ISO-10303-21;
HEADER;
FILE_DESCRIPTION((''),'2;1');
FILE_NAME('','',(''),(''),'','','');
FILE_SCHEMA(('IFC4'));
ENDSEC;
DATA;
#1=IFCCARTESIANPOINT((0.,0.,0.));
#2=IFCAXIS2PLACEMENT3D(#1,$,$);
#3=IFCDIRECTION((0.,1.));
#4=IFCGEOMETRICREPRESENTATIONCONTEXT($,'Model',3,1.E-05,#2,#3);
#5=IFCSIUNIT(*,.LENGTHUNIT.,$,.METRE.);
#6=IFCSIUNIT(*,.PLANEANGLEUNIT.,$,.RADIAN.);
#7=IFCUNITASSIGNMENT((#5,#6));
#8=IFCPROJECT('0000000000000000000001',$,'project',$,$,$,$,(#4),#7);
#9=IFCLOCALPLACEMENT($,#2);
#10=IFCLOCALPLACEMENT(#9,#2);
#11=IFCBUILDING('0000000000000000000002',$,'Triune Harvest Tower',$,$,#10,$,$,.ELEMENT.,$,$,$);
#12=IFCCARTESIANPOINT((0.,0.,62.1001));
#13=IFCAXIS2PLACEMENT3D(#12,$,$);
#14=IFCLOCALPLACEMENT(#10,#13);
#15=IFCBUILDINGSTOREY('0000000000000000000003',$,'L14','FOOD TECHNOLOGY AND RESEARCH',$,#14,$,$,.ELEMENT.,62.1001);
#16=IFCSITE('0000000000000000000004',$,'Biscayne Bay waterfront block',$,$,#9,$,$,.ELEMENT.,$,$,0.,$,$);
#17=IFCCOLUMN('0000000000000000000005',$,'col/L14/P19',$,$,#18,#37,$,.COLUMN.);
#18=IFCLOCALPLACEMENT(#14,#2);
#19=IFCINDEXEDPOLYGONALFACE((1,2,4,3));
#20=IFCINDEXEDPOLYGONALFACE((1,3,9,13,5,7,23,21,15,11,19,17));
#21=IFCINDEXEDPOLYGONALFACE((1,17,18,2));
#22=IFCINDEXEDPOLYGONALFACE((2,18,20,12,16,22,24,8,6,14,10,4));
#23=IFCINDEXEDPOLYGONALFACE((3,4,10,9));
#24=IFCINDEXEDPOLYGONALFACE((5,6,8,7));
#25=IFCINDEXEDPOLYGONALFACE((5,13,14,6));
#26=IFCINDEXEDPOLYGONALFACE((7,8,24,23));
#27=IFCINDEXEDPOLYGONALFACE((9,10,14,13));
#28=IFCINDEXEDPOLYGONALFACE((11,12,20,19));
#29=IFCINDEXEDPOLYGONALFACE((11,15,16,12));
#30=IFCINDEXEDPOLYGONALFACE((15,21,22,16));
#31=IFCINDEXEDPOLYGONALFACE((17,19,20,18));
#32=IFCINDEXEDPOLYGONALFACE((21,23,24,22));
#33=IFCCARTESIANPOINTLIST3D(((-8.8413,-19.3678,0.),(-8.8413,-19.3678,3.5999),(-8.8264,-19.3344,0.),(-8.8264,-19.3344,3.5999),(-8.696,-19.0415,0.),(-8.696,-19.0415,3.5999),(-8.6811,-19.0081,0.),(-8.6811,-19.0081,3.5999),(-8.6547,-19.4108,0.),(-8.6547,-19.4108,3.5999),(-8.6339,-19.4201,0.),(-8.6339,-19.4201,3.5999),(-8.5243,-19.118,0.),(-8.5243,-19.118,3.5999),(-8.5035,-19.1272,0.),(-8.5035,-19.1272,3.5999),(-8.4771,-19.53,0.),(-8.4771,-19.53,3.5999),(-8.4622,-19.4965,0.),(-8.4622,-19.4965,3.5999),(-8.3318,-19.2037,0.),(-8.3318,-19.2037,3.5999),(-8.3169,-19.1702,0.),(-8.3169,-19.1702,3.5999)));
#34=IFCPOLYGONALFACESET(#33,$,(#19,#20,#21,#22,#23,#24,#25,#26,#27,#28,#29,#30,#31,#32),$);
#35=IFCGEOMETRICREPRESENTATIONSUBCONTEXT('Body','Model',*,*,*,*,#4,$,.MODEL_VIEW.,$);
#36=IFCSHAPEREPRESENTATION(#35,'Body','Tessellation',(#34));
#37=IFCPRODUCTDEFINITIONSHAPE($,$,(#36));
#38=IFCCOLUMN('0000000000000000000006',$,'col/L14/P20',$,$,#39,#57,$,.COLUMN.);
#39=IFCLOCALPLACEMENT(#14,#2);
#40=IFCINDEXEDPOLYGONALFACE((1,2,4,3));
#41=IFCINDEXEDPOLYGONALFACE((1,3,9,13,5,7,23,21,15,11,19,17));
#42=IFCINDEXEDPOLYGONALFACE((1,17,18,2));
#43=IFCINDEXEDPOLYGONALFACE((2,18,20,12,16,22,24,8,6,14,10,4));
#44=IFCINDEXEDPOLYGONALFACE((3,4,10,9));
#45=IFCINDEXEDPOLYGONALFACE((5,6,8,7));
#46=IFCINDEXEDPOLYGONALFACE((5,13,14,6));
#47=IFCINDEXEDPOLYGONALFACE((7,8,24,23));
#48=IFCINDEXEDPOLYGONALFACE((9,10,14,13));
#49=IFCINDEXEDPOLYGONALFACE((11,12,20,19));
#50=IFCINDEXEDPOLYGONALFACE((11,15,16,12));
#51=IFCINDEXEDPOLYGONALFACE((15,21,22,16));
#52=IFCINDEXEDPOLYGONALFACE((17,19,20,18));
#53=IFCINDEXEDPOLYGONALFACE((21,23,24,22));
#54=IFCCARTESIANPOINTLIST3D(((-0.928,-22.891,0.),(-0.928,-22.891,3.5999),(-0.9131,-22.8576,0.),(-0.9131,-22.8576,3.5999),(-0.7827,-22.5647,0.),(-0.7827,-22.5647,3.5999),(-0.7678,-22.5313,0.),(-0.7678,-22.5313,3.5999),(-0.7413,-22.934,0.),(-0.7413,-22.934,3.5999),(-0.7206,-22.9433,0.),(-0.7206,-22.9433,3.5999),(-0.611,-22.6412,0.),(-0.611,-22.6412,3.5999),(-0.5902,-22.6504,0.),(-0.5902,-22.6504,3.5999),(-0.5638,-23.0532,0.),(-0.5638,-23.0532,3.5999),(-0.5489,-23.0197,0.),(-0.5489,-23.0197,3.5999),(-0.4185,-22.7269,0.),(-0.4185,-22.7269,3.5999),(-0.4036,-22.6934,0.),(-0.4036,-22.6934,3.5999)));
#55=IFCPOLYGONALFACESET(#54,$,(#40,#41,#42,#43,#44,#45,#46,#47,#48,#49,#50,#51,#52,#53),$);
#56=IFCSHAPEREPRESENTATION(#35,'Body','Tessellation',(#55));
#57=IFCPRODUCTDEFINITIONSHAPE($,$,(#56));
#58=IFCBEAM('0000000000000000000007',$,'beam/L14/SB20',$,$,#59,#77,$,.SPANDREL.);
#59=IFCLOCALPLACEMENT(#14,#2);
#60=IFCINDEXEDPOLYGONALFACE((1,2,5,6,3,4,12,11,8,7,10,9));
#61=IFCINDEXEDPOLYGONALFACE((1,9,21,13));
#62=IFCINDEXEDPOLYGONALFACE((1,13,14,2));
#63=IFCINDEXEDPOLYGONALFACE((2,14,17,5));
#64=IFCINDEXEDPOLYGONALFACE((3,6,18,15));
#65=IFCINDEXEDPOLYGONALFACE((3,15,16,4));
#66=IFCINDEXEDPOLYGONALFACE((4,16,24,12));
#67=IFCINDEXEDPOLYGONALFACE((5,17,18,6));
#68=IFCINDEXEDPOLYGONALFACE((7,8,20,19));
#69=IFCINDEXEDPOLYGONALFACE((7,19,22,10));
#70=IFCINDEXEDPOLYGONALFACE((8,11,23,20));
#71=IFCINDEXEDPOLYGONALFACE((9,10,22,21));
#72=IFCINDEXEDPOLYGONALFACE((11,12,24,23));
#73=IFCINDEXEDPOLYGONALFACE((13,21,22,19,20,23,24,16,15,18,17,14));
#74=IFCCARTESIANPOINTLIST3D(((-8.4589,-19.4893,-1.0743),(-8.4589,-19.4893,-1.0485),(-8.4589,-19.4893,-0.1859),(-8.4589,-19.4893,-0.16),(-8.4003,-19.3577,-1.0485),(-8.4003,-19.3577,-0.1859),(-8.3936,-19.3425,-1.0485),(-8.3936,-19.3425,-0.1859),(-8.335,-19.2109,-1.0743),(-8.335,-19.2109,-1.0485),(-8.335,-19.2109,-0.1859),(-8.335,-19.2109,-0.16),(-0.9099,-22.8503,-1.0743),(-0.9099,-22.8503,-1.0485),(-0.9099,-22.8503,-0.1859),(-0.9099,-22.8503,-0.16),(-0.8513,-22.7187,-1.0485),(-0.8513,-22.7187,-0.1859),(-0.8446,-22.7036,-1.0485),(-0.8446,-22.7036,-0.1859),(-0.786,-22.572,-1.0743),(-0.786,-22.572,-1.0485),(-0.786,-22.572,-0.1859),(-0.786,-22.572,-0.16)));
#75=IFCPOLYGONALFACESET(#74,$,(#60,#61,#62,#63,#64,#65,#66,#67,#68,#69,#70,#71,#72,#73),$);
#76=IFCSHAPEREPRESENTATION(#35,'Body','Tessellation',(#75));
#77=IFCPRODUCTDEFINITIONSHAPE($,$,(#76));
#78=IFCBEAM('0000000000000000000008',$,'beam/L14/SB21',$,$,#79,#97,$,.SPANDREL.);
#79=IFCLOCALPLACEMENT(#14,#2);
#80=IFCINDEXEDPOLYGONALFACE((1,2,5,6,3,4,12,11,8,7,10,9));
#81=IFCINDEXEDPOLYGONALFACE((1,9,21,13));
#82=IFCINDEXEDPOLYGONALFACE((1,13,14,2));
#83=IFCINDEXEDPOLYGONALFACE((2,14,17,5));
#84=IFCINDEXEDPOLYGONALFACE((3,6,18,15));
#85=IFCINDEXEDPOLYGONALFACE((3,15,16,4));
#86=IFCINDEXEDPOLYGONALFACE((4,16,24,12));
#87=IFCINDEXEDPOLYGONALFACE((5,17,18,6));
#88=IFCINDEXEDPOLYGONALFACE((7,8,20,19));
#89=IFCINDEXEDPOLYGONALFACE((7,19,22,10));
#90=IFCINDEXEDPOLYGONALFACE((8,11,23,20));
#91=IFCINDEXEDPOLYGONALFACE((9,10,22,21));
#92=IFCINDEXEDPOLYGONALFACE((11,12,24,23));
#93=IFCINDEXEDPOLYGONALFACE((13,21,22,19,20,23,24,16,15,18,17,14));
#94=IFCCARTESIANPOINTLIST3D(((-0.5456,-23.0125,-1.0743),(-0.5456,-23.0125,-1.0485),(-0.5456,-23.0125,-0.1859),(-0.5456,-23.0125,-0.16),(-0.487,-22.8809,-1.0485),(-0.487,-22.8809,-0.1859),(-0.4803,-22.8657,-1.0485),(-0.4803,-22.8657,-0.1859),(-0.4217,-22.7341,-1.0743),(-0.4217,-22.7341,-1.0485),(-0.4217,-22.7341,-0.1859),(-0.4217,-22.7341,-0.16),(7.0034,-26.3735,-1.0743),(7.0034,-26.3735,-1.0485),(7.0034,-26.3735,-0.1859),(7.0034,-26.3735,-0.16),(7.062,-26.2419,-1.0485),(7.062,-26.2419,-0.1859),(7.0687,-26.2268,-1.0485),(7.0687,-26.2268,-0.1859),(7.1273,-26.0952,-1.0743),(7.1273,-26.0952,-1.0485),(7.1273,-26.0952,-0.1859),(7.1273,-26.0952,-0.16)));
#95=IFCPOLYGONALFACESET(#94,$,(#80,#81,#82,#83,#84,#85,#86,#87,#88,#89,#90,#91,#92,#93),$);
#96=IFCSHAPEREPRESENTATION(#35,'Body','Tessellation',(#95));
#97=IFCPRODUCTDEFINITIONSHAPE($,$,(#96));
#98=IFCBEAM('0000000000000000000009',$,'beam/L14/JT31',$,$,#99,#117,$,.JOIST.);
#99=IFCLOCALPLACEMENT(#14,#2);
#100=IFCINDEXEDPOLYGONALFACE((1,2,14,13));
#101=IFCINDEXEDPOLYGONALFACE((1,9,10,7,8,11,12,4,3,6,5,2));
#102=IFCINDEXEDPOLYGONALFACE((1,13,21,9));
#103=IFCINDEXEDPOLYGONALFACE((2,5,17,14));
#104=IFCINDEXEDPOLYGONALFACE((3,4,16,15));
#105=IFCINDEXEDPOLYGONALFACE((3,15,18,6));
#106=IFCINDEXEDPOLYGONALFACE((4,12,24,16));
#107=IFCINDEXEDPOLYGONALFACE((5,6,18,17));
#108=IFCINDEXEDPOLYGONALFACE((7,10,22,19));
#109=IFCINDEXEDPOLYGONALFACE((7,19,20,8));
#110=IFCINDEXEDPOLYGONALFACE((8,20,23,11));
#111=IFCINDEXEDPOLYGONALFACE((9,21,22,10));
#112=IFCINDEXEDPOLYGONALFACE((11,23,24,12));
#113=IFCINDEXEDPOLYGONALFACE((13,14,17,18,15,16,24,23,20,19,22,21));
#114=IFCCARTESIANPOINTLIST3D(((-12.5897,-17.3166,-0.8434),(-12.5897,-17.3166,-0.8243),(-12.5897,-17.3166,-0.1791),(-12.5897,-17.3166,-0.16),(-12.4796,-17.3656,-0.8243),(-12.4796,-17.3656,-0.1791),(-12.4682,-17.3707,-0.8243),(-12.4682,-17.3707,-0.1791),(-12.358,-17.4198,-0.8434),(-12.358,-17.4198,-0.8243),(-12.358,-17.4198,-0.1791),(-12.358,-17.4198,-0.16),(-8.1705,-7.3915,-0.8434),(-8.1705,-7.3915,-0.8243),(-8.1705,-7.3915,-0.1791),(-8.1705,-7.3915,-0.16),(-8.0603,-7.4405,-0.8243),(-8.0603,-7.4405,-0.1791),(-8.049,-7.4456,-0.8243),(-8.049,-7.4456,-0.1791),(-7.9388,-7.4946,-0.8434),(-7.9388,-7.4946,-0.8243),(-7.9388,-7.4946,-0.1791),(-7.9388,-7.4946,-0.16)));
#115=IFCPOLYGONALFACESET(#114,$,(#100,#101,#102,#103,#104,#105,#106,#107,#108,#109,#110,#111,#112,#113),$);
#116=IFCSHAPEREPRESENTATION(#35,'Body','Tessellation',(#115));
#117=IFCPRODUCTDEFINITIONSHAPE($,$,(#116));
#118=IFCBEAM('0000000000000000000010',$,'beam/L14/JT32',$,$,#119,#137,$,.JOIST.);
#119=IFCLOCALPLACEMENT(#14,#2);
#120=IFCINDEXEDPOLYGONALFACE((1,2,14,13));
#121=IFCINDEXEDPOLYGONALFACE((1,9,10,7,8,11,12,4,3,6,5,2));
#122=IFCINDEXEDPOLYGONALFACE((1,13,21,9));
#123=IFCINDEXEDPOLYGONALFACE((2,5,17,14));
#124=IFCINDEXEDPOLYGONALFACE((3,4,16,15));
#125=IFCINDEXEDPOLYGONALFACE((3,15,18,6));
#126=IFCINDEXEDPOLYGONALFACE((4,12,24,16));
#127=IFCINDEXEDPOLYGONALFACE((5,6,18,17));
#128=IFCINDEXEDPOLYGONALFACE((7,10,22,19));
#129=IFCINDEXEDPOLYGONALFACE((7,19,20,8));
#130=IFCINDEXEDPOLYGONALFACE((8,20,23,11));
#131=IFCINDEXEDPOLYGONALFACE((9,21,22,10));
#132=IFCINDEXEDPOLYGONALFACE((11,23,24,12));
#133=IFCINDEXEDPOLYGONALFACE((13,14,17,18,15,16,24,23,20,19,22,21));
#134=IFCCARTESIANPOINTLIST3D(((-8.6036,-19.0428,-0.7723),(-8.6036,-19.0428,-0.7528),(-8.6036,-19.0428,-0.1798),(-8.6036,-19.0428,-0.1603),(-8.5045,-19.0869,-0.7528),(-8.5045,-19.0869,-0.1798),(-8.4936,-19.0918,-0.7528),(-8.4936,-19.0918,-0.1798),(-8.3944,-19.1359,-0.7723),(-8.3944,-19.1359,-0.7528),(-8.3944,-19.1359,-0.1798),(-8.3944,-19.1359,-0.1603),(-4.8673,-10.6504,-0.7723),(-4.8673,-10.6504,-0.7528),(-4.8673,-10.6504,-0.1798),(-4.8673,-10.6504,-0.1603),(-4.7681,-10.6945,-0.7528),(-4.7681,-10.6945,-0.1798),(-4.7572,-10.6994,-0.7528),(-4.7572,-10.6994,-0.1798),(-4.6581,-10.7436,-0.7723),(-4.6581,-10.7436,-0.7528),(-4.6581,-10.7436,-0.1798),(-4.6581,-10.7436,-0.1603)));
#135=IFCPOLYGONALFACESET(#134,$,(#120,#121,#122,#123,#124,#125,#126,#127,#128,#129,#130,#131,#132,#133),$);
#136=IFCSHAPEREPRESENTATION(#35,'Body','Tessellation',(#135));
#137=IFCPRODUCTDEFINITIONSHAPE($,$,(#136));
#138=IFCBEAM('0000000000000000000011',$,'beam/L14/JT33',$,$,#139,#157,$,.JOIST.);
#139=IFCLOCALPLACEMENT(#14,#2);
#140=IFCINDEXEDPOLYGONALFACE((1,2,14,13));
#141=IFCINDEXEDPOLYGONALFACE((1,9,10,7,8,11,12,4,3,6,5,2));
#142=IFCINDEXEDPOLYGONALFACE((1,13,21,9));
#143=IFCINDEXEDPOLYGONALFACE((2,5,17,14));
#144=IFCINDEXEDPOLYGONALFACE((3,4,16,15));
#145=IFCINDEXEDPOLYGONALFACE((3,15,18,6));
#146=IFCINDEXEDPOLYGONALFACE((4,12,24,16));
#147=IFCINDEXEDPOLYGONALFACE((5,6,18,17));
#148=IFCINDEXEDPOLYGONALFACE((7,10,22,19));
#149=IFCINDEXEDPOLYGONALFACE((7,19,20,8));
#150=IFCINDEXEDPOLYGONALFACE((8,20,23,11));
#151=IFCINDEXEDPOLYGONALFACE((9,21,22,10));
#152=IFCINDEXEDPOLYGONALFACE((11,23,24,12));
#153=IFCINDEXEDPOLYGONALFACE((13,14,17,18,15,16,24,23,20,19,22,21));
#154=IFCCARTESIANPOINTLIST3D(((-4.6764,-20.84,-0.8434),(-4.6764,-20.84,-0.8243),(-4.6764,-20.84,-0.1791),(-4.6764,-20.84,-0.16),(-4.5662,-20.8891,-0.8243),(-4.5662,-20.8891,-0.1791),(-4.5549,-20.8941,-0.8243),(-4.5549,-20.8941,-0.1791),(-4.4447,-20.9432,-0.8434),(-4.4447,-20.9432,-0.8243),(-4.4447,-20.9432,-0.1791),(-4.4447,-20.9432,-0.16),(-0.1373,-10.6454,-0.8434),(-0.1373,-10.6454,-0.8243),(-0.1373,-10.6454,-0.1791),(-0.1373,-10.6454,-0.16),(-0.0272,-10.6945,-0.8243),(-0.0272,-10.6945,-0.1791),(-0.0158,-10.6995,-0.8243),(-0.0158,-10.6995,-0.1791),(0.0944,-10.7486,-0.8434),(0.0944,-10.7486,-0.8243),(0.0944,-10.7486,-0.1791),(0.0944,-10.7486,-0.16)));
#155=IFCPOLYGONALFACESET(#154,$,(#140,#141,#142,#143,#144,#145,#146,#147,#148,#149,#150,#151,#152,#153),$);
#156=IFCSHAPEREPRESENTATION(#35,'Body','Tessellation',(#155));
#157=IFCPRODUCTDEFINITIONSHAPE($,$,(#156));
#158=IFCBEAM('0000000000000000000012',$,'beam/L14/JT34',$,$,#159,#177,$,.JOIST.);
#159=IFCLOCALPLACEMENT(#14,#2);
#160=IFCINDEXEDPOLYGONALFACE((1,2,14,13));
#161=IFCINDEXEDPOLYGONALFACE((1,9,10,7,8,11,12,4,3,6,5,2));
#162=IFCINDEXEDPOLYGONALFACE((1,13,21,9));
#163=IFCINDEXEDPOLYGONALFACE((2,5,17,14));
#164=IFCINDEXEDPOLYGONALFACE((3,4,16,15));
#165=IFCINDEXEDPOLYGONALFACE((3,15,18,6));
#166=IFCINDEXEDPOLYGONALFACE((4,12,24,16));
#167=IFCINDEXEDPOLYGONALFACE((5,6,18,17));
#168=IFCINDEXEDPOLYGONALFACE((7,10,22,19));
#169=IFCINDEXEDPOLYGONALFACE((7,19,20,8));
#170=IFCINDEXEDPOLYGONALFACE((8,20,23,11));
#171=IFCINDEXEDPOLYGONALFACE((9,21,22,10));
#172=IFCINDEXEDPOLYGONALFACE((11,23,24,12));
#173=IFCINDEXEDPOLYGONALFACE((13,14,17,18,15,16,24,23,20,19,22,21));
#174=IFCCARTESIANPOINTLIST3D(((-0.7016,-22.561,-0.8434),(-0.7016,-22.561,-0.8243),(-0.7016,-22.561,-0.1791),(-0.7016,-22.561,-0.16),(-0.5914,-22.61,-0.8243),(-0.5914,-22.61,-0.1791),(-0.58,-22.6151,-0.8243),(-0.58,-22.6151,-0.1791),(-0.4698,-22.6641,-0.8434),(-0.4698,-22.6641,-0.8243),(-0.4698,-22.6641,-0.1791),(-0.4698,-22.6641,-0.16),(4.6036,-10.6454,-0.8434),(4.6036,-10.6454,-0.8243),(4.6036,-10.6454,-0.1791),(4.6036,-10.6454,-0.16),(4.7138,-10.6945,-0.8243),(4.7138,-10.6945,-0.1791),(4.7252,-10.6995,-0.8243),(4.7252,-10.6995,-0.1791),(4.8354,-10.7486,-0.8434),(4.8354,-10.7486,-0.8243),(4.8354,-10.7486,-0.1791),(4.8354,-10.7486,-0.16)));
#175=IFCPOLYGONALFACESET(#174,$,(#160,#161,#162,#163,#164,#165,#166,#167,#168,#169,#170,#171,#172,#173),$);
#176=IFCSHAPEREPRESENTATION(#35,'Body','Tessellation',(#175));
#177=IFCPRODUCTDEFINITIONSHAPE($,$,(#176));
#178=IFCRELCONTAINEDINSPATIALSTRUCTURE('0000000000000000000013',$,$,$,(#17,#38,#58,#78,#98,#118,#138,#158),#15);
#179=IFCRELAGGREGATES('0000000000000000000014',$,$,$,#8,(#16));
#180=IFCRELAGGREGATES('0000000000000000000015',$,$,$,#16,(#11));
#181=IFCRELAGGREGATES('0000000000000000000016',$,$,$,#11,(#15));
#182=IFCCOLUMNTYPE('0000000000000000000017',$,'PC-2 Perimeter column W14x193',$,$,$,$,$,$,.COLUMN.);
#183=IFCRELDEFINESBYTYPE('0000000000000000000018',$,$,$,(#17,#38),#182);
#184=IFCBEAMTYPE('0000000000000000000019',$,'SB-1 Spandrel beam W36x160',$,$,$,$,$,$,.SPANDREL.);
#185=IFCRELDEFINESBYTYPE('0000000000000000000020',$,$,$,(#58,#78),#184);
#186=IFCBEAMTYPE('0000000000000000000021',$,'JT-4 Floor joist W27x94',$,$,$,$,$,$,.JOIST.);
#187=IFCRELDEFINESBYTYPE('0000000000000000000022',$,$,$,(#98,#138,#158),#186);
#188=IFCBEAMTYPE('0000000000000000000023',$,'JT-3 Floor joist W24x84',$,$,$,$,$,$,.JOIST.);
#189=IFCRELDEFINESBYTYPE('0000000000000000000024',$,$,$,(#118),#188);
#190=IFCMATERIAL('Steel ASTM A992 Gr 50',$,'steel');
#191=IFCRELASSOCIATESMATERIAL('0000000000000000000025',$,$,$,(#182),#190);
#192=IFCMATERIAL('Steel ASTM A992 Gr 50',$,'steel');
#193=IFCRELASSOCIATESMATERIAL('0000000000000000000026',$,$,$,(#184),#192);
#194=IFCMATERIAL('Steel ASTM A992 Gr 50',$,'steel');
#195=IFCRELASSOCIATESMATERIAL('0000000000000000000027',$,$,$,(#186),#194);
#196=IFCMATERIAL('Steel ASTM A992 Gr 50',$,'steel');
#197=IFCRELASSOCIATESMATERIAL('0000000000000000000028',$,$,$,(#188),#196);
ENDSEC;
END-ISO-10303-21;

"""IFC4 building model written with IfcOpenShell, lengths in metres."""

from ifc_helpers import new_model, si_unit, direction, frame, origin, origin_2d, place, context, subcontext, project, spatial, i_section, extrude, source, transform, mapped, material, material_profile, profile_set, type_object, element, save


model = new_model("IFC4")

# Units and contexts
model_context = context("Model", 3, precision=1e-05, world=origin(), true_north=direction((0.0, 1.0)))
body_context = subcontext(model_context, "Body", "Model", "MODEL_VIEW")
ifc_project = project(units=[si_unit("LENGTHUNIT", "METRE"), si_unit("PLANEANGLEUNIT", "RADIAN")], contexts=[model_context])

# Site, building, storey
site_placement = place(None, origin())
site = spatial("IfcSite", under=ifc_project, at=site_placement, Name="Biscayne Bay waterfront block", CompositionType="ELEMENT", RefElevation=0.0)
building_placement = place(site_placement, origin())
building = spatial("IfcBuilding", under=site, at=building_placement, Name="Triune Harvest Tower", CompositionType="ELEMENT")
storey_placement = place(building_placement, frame((0.0, 0.0, 62.1001)))
storey = spatial("IfcBuildingStorey", under=building, at=storey_placement, Name="L14", Description="FOOD TECHNOLOGY AND RESEARCH", CompositionType="ELEMENT", Elevation=62.1001)

# Columns
ifc_material_1 = material(Name="Steel ASTM A992 Gr 50", Category="steel")
ifc_material_profile_1 = material_profile(ifc_material_1, i_section(OverallWidth=0.3987, OverallDepth=0.3938, WebThickness=0.0227, FlangeThickness=0.0366, at=origin_2d()), Name="W14x193")
ifc_profile_set_1 = profile_set([ifc_material_profile_1], Name="Steel ASTM A992 Gr 50")
column_type = type_object("IfcColumnType", Name="PC-2 Perimeter column W14x193", PredefinedType="COLUMN", material=ifc_profile_set_1)
shared_shape_1 = source(origin(), body_context, "Body", "SweptSolid", [
    extrude(i_section(OverallWidth=0.3987, OverallDepth=0.3938, WebThickness=0.0227, FlangeThickness=0.0366, at=origin_2d()), origin(), (0.0, 0.0, 1.0), 3.5999),
])
for number, where, z_axis, x_axis, name in (
    (1, (-8.5791, -19.269, 0.0), (0.0, 0.0, 1.0), (0.913545, -0.406737, 0.0), "col/L14/P19"),
    (2, (-0.6658, -22.7922, 0.0), (0.0, 0.0, 1.0), (0.913545, -0.406737, 0.0), "col/L14/P20"),
):
    element("IfcColumn", number, at=place(storey_placement, frame(where, z_axis=z_axis, x_axis=x_axis)), inside=storey, type_object=column_type, Name=name, PredefinedType="COLUMN", context=body_context, shape_type="MappedRepresentation", body=[
        mapped(shared_shape_1, transform((0.0, 0.0, 0.0), scale=1.0)),
    ])

# Beams
ifc_material_2 = material(Name="Steel ASTM A992 Gr 50", Category="steel")
ifc_material_profile_2 = material_profile(ifc_material_2, i_section(OverallWidth=0.3047, OverallDepth=0.9143, WebThickness=0.0166, FlangeThickness=0.0259, at=origin_2d()), Name="W36x160")
ifc_profile_set_2 = profile_set([ifc_material_profile_2], Name="Steel ASTM A992 Gr 50")
beam_type_1 = type_object("IfcBeamType", Name="SB-1 Spandrel beam W36x160", PredefinedType="SPANDREL", material=ifc_profile_set_2)
shared_shape_2 = source(origin(), body_context, "Body", "SweptSolid", [
    extrude(i_section(OverallWidth=0.3047, OverallDepth=0.9143, WebThickness=0.0166, FlangeThickness=0.0259, at=origin_2d()), origin(), (0.0, 0.0, 1.0), 8.2634),
])
for number, where, z_axis, x_axis, name in (
    (3, (-8.397, -19.3501, -0.6172), (0.913545, -0.406739, 0.0), (0.406739, 0.913545, 0.0), "beam/L14/SB20"),
    (4, (-0.4836, -22.8733, -0.6172), (0.913545, -0.406739, 0.0), (0.406739, 0.913545, 0.0), "beam/L14/SB21"),
):
    element("IfcBeam", number, at=place(storey_placement, frame(where, z_axis=z_axis, x_axis=x_axis)), inside=storey, type_object=beam_type_1, Name=name, PredefinedType="SPANDREL", context=body_context, shape_type="MappedRepresentation", body=[
        mapped(shared_shape_2, transform((0.0, 0.0, 0.0), scale=1.0)),
    ])
ifc_material_3 = material(Name="Steel ASTM A992 Gr 50", Category="steel")
ifc_material_profile_3 = material_profile(ifc_material_3, i_section(OverallWidth=0.2537, OverallDepth=0.6833, WebThickness=0.0125, FlangeThickness=0.019, at=origin_2d()), Name="W27x94")
ifc_profile_set_3 = profile_set([ifc_material_profile_3], Name="Steel ASTM A992 Gr 50")
beam_type_2 = type_object("IfcBeamType", Name="JT-4 Floor joist W27x94", PredefinedType="JOIST", material=ifc_profile_set_3)
shared_shape_3 = source(origin(), body_context, "Body", "SweptSolid", [
    extrude(i_section(OverallWidth=0.2537, OverallDepth=0.6833, WebThickness=0.0125, FlangeThickness=0.019, at=origin_2d()), origin(), (0.0, 0.0, 1.0), 10.8645),
])
beam_1_placement = place(storey_placement, frame((-12.4739, -17.3682, -0.5017), z_axis=(0.406758, 0.913536, 0.0), x_axis=(-0.913536, 0.406758, 0.0)))
element("IfcBeam", 5, at=beam_1_placement, inside=storey, type_object=beam_type_2, Name="beam/L14/JT31", PredefinedType="JOIST", context=body_context, shape_type="MappedRepresentation", body=[
    mapped(shared_shape_3, transform((0.0, 0.0, 0.0), scale=1.0)),
])
ifc_material_4 = material(Name="Steel ASTM A992 Gr 50", Category="steel")
ifc_material_profile_4 = material_profile(ifc_material_4, i_section(OverallWidth=0.229, OverallDepth=0.6121, WebThickness=0.012, FlangeThickness=0.0195, at=origin_2d()), Name="W24x84")
ifc_profile_set_4 = profile_set([ifc_material_profile_4], Name="Steel ASTM A992 Gr 50")
beam_type_3 = type_object("IfcBeamType", Name="JT-3 Floor joist W24x84", PredefinedType="JOIST", material=ifc_profile_set_4)
shared_shape_4 = source(origin(), body_context, "Body", "SweptSolid", [
    extrude(i_section(OverallWidth=0.229, OverallDepth=0.6121, WebThickness=0.012, FlangeThickness=0.0195, at=origin_2d()), origin(), (0.0, 0.0, 1.0), 9.1865),
])
beam_2_placement = place(storey_placement, frame((-8.499, -19.0894, -0.4663), z_axis=(0.40672, 0.913553, 0.0), x_axis=(-0.913553, 0.40672, 0.0)))
element("IfcBeam", 6, at=beam_2_placement, inside=storey, type_object=beam_type_3, Name="beam/L14/JT32", PredefinedType="JOIST", context=body_context, shape_type="MappedRepresentation", body=[
    mapped(shared_shape_4, transform((0.0, 0.0, 0.0), scale=1.0)),
])
shared_shape_5 = source(origin(), body_context, "Body", "SweptSolid", [
    extrude(i_section(OverallWidth=0.2537, OverallDepth=0.6833, WebThickness=0.0125, FlangeThickness=0.019, at=origin_2d()), origin(), (0.0, 0.0, 1.0), 11.1594),
])
beam_3_placement = place(storey_placement, frame((-4.5605, -20.8916, -0.5017), z_axis=(0.406747, 0.913541, 0.0), x_axis=(-0.913541, 0.406747, 0.0)))
element("IfcBeam", 7, at=beam_3_placement, inside=storey, type_object=beam_type_2, Name="beam/L14/JT33", PredefinedType="JOIST", context=body_context, shape_type="MappedRepresentation", body=[
    mapped(shared_shape_5, transform((0.0, 0.0, 0.0), scale=1.0)),
])
shared_shape_6 = source(origin(), body_context, "Body", "SweptSolid", [
    extrude(i_section(OverallWidth=0.2537, OverallDepth=0.6833, WebThickness=0.0125, FlangeThickness=0.019, at=origin_2d()), origin(), (0.0, 0.0, 1.0), 13.0432),
])
beam_4_placement = place(storey_placement, frame((-0.5857, -22.6125, -0.5017), z_axis=(0.406739, 0.913544, 0.0), x_axis=(-0.913544, 0.406739, 0.0)))
element("IfcBeam", 8, at=beam_4_placement, inside=storey, type_object=beam_type_2, Name="beam/L14/JT34", PredefinedType="JOIST", context=body_context, shape_type="MappedRepresentation", body=[
    mapped(shared_shape_6, transform((0.0, 0.0, 0.0), scale=1.0)),
])

save(model, "model.ifc")
